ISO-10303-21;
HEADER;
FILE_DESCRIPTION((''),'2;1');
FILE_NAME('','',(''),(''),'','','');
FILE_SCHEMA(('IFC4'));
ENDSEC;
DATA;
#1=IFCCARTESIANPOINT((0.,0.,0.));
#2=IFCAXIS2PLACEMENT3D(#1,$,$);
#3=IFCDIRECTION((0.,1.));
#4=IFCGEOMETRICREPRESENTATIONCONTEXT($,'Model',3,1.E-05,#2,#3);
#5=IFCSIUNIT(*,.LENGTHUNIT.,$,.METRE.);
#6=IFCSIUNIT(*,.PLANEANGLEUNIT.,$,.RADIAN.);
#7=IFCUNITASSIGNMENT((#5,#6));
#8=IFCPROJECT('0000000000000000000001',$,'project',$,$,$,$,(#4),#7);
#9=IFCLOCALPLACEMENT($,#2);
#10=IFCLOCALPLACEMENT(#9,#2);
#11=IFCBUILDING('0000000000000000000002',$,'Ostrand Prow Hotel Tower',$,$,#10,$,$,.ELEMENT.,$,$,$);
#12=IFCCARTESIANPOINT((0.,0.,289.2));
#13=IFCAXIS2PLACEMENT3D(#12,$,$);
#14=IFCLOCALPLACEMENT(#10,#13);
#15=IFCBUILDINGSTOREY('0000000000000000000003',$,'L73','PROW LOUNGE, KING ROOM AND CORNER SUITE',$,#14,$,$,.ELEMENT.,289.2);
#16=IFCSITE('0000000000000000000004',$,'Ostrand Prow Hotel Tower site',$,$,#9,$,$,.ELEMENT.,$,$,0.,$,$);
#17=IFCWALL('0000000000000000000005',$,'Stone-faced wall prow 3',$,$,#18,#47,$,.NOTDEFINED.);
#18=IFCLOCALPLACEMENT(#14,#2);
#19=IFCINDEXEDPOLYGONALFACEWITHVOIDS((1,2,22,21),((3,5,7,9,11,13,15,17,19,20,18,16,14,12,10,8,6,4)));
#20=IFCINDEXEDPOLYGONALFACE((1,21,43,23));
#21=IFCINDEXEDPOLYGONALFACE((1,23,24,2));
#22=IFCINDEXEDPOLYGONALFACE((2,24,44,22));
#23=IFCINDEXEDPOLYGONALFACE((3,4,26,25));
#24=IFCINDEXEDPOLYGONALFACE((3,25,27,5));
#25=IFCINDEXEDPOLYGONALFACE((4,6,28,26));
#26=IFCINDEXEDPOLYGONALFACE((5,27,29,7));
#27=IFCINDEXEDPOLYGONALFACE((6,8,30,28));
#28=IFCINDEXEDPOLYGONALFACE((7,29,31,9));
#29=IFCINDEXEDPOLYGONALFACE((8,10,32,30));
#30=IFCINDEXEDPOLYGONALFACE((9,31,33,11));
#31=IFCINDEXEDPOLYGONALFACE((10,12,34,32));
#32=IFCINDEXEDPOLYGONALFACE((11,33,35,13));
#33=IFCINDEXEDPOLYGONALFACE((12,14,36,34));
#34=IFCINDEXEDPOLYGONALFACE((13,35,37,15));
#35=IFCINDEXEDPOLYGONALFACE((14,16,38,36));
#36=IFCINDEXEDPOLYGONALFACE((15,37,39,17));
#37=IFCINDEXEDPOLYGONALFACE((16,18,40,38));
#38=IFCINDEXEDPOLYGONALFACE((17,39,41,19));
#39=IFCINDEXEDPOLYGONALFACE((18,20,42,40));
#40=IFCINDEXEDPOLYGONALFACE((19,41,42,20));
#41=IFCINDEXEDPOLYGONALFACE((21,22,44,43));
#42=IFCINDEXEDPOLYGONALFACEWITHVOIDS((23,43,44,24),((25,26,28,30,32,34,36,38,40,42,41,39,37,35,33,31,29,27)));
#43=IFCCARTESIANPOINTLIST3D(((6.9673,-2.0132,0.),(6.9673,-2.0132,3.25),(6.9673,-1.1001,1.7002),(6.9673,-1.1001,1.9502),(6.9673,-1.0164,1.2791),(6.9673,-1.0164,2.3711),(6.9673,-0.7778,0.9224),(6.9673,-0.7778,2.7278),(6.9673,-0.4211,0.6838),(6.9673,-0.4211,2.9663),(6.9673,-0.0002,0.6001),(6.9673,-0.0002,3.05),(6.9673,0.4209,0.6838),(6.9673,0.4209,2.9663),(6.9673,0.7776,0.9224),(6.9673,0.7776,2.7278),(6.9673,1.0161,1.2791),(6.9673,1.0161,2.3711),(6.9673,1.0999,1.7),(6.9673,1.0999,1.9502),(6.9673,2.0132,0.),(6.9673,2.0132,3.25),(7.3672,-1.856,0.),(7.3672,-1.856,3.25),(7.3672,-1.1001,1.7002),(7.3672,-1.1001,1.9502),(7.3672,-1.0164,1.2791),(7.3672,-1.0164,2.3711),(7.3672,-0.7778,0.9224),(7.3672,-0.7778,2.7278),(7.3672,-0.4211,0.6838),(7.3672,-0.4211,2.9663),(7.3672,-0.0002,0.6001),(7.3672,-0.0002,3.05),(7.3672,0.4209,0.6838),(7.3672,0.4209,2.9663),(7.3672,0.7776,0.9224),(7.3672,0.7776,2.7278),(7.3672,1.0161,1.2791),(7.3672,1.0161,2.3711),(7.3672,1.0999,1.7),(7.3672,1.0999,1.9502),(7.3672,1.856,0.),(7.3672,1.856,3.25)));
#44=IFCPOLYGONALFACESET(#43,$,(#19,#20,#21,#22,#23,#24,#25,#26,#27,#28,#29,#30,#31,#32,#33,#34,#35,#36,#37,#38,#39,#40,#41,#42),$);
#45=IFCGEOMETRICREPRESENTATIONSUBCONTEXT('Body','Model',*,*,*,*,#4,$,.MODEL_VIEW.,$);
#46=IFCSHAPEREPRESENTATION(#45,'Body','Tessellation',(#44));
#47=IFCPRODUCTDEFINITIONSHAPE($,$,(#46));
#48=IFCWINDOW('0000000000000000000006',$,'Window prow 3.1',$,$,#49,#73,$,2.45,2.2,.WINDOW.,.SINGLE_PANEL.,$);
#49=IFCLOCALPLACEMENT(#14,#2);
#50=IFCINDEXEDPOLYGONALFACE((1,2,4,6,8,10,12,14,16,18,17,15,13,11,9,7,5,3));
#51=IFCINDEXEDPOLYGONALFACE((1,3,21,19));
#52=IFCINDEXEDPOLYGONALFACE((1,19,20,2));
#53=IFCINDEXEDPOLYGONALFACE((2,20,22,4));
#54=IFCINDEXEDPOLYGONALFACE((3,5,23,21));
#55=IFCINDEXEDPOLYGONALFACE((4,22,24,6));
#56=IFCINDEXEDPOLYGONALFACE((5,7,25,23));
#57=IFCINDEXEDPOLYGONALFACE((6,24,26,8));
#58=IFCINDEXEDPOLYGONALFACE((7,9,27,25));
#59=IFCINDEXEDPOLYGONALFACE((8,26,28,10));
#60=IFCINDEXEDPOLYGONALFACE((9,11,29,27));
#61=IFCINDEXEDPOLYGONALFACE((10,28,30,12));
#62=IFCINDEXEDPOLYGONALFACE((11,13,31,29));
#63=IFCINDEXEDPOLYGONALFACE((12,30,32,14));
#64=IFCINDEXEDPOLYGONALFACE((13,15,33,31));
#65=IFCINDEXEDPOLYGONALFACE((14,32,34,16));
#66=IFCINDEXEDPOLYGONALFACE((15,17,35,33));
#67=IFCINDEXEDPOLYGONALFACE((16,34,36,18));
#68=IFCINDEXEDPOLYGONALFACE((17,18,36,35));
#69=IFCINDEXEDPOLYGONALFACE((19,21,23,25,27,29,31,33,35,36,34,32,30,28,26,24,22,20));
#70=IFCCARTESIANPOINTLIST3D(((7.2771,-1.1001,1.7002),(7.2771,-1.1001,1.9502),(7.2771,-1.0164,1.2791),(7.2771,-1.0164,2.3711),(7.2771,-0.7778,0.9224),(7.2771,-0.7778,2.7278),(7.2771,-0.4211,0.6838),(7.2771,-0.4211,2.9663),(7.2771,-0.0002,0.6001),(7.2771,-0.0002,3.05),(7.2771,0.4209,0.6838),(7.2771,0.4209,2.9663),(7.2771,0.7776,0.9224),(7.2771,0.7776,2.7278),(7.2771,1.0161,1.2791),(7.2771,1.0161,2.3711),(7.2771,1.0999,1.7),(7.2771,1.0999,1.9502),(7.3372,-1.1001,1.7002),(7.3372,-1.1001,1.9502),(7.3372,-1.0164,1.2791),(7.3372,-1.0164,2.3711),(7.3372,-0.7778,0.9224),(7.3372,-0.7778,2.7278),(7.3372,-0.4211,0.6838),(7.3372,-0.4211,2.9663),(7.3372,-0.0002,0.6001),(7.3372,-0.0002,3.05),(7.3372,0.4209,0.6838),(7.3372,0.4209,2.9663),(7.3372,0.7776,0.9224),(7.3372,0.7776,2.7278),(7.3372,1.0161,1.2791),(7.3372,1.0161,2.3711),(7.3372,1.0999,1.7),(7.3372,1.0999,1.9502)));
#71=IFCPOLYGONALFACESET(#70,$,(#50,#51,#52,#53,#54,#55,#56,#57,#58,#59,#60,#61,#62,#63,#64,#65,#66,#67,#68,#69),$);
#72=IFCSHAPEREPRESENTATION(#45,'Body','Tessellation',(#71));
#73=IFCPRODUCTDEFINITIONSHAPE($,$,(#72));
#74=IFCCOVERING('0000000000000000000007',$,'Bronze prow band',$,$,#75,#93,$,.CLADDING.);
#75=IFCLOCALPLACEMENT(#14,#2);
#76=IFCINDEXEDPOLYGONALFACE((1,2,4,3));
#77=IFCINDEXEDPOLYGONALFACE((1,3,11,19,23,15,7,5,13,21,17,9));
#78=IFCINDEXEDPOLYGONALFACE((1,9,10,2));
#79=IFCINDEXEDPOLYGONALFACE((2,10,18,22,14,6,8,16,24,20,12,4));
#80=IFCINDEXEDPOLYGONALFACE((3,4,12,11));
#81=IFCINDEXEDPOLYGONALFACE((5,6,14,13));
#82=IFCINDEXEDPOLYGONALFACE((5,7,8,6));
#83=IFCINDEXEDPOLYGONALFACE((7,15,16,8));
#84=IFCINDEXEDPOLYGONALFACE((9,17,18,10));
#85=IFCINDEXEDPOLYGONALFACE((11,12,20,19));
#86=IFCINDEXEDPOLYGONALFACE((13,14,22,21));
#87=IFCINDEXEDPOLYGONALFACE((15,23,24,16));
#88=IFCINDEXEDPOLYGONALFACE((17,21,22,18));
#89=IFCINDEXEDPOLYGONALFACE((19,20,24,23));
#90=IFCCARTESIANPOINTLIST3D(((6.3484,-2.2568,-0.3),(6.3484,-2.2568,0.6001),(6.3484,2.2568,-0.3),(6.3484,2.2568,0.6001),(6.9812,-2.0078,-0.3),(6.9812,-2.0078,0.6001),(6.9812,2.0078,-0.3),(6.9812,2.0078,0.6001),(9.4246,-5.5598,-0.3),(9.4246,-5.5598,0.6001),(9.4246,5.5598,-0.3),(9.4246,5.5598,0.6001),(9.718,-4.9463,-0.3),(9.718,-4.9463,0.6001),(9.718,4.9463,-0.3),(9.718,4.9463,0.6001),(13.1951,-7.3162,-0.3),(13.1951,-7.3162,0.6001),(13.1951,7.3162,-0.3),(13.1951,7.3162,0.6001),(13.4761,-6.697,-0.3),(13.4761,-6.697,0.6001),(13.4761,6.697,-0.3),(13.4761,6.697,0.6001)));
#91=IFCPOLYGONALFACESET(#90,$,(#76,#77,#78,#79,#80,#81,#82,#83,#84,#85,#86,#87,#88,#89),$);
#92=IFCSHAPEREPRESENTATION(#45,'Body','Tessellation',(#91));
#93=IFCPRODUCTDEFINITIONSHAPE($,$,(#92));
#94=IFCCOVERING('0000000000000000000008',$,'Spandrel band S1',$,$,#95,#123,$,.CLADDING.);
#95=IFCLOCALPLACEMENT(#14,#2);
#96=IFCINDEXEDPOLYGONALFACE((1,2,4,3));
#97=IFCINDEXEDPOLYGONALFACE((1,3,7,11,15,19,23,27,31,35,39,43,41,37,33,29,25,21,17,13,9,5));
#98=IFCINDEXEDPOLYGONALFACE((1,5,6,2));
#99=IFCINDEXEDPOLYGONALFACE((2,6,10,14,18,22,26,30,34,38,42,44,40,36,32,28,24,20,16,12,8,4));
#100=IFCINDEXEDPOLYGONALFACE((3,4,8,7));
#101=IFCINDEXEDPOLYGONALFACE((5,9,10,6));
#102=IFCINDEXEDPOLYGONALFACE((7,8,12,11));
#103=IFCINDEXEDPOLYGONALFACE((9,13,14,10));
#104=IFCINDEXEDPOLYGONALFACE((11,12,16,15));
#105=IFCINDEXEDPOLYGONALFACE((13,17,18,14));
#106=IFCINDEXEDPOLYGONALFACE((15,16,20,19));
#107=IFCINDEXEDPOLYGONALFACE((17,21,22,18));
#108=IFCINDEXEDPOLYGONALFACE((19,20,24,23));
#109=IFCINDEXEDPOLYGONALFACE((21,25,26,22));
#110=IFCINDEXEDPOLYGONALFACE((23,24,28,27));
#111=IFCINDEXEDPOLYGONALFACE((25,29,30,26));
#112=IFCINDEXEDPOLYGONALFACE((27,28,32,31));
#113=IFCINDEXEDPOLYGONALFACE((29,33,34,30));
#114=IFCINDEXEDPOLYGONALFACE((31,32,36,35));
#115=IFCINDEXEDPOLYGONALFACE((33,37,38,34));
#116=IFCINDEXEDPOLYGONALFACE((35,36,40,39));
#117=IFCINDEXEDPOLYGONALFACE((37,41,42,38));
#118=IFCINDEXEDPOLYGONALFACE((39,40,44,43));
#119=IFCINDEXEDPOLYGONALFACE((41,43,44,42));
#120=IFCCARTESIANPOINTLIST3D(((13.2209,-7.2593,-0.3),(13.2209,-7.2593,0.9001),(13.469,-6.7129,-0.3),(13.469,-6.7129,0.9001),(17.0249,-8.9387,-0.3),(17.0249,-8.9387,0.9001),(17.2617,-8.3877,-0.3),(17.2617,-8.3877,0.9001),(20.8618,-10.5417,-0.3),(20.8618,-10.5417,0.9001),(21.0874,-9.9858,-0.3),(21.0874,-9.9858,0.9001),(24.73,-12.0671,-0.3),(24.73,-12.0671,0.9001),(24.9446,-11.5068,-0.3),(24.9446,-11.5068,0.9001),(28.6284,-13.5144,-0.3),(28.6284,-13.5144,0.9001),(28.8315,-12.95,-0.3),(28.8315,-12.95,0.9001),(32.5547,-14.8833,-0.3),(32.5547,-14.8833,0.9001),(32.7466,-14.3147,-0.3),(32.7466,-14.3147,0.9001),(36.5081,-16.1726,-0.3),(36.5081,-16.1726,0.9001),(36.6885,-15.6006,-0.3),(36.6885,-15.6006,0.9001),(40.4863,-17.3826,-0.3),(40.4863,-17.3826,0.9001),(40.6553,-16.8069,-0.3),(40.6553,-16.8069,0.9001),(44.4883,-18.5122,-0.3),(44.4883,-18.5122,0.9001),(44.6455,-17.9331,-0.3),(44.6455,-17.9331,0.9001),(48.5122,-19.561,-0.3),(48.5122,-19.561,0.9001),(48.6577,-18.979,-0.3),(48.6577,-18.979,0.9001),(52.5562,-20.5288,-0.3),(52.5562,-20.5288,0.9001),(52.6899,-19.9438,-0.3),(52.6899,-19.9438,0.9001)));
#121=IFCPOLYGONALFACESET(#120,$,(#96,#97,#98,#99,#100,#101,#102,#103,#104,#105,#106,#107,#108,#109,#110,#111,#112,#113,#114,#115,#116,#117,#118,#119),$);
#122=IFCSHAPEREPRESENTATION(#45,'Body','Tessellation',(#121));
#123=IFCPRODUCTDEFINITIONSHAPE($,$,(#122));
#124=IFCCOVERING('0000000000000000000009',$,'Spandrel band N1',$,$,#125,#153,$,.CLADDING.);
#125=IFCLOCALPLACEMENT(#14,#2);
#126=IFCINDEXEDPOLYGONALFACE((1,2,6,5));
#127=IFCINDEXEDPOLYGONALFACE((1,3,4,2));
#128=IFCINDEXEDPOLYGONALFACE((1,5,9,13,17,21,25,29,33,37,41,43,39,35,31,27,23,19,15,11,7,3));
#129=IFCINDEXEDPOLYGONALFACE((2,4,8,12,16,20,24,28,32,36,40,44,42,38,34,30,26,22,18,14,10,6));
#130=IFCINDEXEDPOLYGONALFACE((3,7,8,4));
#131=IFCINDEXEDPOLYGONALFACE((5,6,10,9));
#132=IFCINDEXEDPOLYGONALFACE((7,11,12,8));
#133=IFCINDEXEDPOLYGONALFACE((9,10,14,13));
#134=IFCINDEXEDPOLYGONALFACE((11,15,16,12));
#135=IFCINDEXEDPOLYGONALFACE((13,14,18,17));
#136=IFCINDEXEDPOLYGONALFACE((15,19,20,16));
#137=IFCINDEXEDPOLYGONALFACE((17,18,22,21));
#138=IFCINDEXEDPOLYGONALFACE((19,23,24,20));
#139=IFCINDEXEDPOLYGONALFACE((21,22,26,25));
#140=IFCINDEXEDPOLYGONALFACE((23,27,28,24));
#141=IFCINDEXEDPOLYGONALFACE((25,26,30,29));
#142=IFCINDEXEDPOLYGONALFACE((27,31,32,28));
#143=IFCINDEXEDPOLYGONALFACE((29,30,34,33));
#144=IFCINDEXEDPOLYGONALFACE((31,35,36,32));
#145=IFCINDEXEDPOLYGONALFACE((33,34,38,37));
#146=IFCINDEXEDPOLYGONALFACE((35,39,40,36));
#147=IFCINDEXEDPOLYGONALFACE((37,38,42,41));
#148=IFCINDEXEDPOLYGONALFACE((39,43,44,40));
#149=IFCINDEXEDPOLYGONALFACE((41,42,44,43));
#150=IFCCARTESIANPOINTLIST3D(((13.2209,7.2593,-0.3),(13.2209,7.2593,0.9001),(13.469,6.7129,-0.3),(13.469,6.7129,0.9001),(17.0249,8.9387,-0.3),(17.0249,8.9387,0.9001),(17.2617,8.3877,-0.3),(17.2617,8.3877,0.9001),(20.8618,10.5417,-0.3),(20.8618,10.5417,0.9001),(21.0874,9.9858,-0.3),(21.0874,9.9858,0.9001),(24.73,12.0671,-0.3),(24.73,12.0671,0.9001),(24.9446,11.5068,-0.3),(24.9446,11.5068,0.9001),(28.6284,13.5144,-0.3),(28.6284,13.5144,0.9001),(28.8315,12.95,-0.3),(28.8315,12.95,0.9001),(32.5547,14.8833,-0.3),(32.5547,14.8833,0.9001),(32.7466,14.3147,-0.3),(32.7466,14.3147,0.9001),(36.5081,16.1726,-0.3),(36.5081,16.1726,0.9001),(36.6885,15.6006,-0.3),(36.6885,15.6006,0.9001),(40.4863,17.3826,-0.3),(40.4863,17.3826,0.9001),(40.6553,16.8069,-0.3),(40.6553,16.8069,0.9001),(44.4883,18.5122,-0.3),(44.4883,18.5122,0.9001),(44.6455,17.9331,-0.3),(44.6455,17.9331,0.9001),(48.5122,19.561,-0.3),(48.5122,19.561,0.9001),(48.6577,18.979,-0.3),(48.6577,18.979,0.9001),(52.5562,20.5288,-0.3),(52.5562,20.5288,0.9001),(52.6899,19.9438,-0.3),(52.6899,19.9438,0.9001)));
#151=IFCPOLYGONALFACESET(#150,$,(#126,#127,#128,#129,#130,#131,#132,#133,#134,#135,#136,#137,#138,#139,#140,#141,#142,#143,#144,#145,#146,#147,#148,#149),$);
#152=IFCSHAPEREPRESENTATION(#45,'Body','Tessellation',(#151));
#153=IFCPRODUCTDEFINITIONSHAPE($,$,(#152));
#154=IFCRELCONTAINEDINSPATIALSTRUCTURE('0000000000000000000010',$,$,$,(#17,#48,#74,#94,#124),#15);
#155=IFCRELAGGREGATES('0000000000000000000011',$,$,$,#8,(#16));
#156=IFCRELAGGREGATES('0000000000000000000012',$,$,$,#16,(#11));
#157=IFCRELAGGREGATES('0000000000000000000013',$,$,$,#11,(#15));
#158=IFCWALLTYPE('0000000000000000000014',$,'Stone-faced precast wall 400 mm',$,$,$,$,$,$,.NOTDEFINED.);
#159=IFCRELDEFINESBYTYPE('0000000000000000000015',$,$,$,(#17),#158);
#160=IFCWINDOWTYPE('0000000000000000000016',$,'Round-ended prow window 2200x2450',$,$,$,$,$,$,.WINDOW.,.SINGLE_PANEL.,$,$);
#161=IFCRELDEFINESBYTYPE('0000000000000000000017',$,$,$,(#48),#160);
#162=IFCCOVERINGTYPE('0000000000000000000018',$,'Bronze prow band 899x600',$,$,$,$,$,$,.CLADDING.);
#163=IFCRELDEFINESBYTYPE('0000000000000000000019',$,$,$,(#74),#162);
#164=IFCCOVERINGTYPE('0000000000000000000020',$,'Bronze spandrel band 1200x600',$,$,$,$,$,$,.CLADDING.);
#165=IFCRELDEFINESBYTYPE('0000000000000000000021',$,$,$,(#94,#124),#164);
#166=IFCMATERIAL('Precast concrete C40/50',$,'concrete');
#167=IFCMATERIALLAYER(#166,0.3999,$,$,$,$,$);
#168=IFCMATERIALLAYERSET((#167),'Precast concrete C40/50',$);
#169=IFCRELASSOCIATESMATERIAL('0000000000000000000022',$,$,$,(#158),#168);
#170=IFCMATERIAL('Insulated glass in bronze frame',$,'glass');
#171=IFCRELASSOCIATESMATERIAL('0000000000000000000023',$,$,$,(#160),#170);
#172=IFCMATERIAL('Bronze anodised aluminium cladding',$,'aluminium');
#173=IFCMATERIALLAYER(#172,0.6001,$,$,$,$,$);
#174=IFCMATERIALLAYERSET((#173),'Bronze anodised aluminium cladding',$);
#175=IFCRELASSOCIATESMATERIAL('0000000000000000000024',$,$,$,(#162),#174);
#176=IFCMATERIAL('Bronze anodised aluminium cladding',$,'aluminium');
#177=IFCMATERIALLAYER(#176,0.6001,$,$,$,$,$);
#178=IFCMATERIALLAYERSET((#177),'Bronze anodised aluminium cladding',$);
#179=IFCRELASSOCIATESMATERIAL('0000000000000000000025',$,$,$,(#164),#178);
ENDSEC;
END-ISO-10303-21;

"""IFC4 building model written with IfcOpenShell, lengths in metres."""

from ifc_helpers import new_model, si_unit, direction, frame, origin, place, context, subcontext, project, spatial, polyline, outline, extrude, material, layer, layer_set, type_object, element, fill, save


model = new_model("IFC4")

# Units and contexts
model_context = context("Model", 3, precision=1e-05, world=origin(), true_north=direction((0.0, 1.0)))
body_context = subcontext(model_context, "Body", "Model", "MODEL_VIEW")
ifc_project = project(units=[si_unit("LENGTHUNIT", "METRE"), si_unit("PLANEANGLEUNIT", "RADIAN")], contexts=[model_context])

# Site, building, storey
site_placement = place(None, origin())
site = spatial("IfcSite", under=ifc_project, at=site_placement, Name="Ostrand Prow Hotel Tower site", CompositionType="ELEMENT", RefElevation=0.0)
building_placement = place(site_placement, origin())
building = spatial("IfcBuilding", under=site, at=building_placement, Name="Ostrand Prow Hotel Tower", CompositionType="ELEMENT")
storey_placement = place(building_placement, frame((0.0, 0.0, 289.2)))
storey = spatial("IfcBuildingStorey", under=building, at=storey_placement, Name="L73", Description="PROW LOUNGE, KING ROOM AND CORNER SUITE", CompositionType="ELEMENT", Elevation=289.2)

# Wall, opening, window
ifc_material_1 = material(Name="Precast concrete C40/50", Category="concrete")
ifc_layer_1 = layer(ifc_material_1, 0.3999)
ifc_layer_set_1 = layer_set([ifc_layer_1], Name="Precast concrete C40/50")
wall_type = type_object("IfcWallType", Name="Stone-faced precast wall 400 mm", PredefinedType="NOTDEFINED", material=ifc_layer_set_1)
wall_placement = place(storey_placement, frame((7.1672, 1.9346, 0.0), z_axis=(0.0, 0.0, 1.0), x_axis=(0.0, -1.0, 0.0)))
wall = element("IfcWall", 1, at=wall_placement, inside=storey, type_object=wall_type, Name="Stone-faced wall prow 3", PredefinedType="NOTDEFINED", context=body_context, shape_type="SweptSolid", body=[
    extrude(outline(polyline([(-0.0786, -0.2), (3.9478, -0.2), (3.7905, 0.2), (0.0786, 0.2), (-0.0786, -0.2)])), origin(), (0.0, 0.0, 1.0), 3.25),
])
opening_1_placement = place(wall_placement, frame((0.8347, 0.0, 0.6001)))
opening_1 = element("IfcOpeningElement", 2, at=opening_1_placement, cuts=wall, PredefinedType="OPENING", context=body_context, shape_type="SweptSolid", body=[
    extrude(outline(polyline([(0.0, 1.3501), (0.0837, 1.771), (0.3223, 2.1277), (0.679, 2.3662), (1.1001, 2.45), (1.521, 2.3662), (1.8777, 2.1277), (2.1162, 1.771), (2.2, 1.3501), (2.2, 1.1001), (2.1162, 0.679), (1.8777, 0.3223), (1.521, 0.0837), (1.1001, 0.0), (0.679, 0.0837), (0.3223, 0.3223), (0.0837, 0.679), (0.0, 1.0999), (0.0, 1.3501)])), frame((0.0, 0.21, 0.0), z_axis=(0.0, -1.0, 0.0), x_axis=(1.0, 0.0, 0.0)), (0.0, 0.0, 1.0), 0.4199),
])
ifc_material_2 = material(Name="Insulated glass in bronze frame", Category="glass")
window_type = type_object("IfcWindowType", Name="Round-ended prow window 2200x2450", PartitioningType="SINGLE_PANEL", PredefinedType="WINDOW", material=ifc_material_2)
window_placement = place(opening_1_placement, origin())
window = element("IfcWindow", 3, at=window_placement, inside=storey, type_object=window_type, Name="Window prow 3.1", OverallHeight=2.45, OverallWidth=2.2, PartitioningType="SINGLE_PANEL", PredefinedType="WINDOW", context=body_context, shape_type="SweptSolid", body=[
    extrude(outline(polyline([(0.0, 1.3501), (0.0837, 1.771), (0.3223, 2.1277), (0.679, 2.3662), (1.1001, 2.45), (1.521, 2.3662), (1.8777, 2.1277), (2.1162, 1.771), (2.2, 1.3501), (2.2, 1.1001), (2.1162, 0.679), (1.8777, 0.3223), (1.521, 0.0837), (1.1001, 0.0), (0.679, 0.0837), (0.3223, 0.3223), (0.0837, 0.679), (0.0, 1.0999), (0.0, 1.3501)])), frame((0.0, 0.1699, 0.0), z_axis=(0.0, -1.0, 0.0), x_axis=(1.0, 0.0, 0.0)), (0.0, 0.0, 1.0), 0.0601),
])
fill(opening_1, window)

# Coverings
ifc_material_3 = material(Name="Bronze anodised aluminium cladding", Category="aluminium")
ifc_layer_2 = layer(ifc_material_3, 0.6001)
ifc_layer_set_2 = layer_set([ifc_layer_2], Name="Bronze anodised aluminium cladding")
covering_type_1 = type_object("IfcCoveringType", Name="Bronze prow band 899x600", PredefinedType="CLADDING", material=ifc_layer_set_2)
covering_1_placement = place(storey_placement, frame((0.0, 0.0, -0.3)))
element("IfcCovering", 4, at=covering_1_placement, inside=storey, type_object=covering_type_1, Name="Bronze prow band", PredefinedType="CLADDING", context=body_context, shape_type="SweptSolid", body=[
    extrude(outline(polyline([(13.1951, 7.3162), (9.4246, 5.5598), (6.3484, 2.2568), (6.3484, -2.2568), (9.4246, -5.5598), (13.1951, -7.3162), (13.4761, -6.697), (9.718, -4.9463), (6.9812, -2.0078), (6.9812, 2.0078), (9.718, 4.9463), (13.4761, 6.697), (13.1951, 7.3162)])), origin(), (0.0, 0.0, 1.0), 0.9001),
])
ifc_material_4 = material(Name="Bronze anodised aluminium cladding", Category="aluminium")
ifc_layer_3 = layer(ifc_material_4, 0.6001)
ifc_layer_set_3 = layer_set([ifc_layer_3], Name="Bronze anodised aluminium cladding")
covering_type_2 = type_object("IfcCoveringType", Name="Bronze spandrel band 1200x600", PredefinedType="CLADDING", material=ifc_layer_set_3)
covering_2_placement = place(storey_placement, frame((0.0, 0.0, -0.3)))
element("IfcCovering", 5, at=covering_2_placement, inside=storey, type_object=covering_type_2, Name="Spandrel band S1", PredefinedType="CLADDING", context=body_context, shape_type="SweptSolid", body=[
    extrude(outline(polyline([(13.2209, -7.2593), (17.0249, -8.9387), (20.8618, -10.5417), (24.73, -12.0671), (28.6284, -13.5144), (32.5547, -14.8833), (36.5081, -16.1726), (40.4863, -17.3826), (44.4883, -18.5122), (48.5122, -19.561), (52.5562, -20.5288), (52.6899, -19.9438), (48.6577, -18.979), (44.6455, -17.9331), (40.6553, -16.8069), (36.6885, -15.6006), (32.7466, -14.3147), (28.8315, -12.95), (24.9446, -11.5068), (21.0874, -9.9858), (17.2617, -8.3877), (13.469, -6.7129), (13.2209, -7.2593)])), origin(), (0.0, 0.0, 1.0), 1.2002),
])
covering_3_placement = place(storey_placement, frame((0.0, 0.0, -0.3)))
element("IfcCovering", 6, at=covering_3_placement, inside=storey, type_object=covering_type_2, Name="Spandrel band N1", PredefinedType="CLADDING", context=body_context, shape_type="SweptSolid", body=[
    extrude(outline(polyline([(52.5562, 20.5288), (48.5122, 19.561), (44.4883, 18.5122), (40.4863, 17.3826), (36.5081, 16.1726), (32.5547, 14.8833), (28.6284, 13.5144), (24.73, 12.0671), (20.8618, 10.5417), (17.0249, 8.9387), (13.2209, 7.2593), (13.469, 6.7129), (17.2617, 8.3877), (21.0874, 9.9858), (24.9446, 11.5068), (28.8315, 12.95), (32.7466, 14.3147), (36.6885, 15.6006), (40.6553, 16.8069), (44.6455, 17.9331), (48.6577, 18.979), (52.6899, 19.9438), (52.5562, 20.5288)])), origin(), (0.0, 0.0, 1.0), 1.2002),
])

save(model, "model.ifc")
